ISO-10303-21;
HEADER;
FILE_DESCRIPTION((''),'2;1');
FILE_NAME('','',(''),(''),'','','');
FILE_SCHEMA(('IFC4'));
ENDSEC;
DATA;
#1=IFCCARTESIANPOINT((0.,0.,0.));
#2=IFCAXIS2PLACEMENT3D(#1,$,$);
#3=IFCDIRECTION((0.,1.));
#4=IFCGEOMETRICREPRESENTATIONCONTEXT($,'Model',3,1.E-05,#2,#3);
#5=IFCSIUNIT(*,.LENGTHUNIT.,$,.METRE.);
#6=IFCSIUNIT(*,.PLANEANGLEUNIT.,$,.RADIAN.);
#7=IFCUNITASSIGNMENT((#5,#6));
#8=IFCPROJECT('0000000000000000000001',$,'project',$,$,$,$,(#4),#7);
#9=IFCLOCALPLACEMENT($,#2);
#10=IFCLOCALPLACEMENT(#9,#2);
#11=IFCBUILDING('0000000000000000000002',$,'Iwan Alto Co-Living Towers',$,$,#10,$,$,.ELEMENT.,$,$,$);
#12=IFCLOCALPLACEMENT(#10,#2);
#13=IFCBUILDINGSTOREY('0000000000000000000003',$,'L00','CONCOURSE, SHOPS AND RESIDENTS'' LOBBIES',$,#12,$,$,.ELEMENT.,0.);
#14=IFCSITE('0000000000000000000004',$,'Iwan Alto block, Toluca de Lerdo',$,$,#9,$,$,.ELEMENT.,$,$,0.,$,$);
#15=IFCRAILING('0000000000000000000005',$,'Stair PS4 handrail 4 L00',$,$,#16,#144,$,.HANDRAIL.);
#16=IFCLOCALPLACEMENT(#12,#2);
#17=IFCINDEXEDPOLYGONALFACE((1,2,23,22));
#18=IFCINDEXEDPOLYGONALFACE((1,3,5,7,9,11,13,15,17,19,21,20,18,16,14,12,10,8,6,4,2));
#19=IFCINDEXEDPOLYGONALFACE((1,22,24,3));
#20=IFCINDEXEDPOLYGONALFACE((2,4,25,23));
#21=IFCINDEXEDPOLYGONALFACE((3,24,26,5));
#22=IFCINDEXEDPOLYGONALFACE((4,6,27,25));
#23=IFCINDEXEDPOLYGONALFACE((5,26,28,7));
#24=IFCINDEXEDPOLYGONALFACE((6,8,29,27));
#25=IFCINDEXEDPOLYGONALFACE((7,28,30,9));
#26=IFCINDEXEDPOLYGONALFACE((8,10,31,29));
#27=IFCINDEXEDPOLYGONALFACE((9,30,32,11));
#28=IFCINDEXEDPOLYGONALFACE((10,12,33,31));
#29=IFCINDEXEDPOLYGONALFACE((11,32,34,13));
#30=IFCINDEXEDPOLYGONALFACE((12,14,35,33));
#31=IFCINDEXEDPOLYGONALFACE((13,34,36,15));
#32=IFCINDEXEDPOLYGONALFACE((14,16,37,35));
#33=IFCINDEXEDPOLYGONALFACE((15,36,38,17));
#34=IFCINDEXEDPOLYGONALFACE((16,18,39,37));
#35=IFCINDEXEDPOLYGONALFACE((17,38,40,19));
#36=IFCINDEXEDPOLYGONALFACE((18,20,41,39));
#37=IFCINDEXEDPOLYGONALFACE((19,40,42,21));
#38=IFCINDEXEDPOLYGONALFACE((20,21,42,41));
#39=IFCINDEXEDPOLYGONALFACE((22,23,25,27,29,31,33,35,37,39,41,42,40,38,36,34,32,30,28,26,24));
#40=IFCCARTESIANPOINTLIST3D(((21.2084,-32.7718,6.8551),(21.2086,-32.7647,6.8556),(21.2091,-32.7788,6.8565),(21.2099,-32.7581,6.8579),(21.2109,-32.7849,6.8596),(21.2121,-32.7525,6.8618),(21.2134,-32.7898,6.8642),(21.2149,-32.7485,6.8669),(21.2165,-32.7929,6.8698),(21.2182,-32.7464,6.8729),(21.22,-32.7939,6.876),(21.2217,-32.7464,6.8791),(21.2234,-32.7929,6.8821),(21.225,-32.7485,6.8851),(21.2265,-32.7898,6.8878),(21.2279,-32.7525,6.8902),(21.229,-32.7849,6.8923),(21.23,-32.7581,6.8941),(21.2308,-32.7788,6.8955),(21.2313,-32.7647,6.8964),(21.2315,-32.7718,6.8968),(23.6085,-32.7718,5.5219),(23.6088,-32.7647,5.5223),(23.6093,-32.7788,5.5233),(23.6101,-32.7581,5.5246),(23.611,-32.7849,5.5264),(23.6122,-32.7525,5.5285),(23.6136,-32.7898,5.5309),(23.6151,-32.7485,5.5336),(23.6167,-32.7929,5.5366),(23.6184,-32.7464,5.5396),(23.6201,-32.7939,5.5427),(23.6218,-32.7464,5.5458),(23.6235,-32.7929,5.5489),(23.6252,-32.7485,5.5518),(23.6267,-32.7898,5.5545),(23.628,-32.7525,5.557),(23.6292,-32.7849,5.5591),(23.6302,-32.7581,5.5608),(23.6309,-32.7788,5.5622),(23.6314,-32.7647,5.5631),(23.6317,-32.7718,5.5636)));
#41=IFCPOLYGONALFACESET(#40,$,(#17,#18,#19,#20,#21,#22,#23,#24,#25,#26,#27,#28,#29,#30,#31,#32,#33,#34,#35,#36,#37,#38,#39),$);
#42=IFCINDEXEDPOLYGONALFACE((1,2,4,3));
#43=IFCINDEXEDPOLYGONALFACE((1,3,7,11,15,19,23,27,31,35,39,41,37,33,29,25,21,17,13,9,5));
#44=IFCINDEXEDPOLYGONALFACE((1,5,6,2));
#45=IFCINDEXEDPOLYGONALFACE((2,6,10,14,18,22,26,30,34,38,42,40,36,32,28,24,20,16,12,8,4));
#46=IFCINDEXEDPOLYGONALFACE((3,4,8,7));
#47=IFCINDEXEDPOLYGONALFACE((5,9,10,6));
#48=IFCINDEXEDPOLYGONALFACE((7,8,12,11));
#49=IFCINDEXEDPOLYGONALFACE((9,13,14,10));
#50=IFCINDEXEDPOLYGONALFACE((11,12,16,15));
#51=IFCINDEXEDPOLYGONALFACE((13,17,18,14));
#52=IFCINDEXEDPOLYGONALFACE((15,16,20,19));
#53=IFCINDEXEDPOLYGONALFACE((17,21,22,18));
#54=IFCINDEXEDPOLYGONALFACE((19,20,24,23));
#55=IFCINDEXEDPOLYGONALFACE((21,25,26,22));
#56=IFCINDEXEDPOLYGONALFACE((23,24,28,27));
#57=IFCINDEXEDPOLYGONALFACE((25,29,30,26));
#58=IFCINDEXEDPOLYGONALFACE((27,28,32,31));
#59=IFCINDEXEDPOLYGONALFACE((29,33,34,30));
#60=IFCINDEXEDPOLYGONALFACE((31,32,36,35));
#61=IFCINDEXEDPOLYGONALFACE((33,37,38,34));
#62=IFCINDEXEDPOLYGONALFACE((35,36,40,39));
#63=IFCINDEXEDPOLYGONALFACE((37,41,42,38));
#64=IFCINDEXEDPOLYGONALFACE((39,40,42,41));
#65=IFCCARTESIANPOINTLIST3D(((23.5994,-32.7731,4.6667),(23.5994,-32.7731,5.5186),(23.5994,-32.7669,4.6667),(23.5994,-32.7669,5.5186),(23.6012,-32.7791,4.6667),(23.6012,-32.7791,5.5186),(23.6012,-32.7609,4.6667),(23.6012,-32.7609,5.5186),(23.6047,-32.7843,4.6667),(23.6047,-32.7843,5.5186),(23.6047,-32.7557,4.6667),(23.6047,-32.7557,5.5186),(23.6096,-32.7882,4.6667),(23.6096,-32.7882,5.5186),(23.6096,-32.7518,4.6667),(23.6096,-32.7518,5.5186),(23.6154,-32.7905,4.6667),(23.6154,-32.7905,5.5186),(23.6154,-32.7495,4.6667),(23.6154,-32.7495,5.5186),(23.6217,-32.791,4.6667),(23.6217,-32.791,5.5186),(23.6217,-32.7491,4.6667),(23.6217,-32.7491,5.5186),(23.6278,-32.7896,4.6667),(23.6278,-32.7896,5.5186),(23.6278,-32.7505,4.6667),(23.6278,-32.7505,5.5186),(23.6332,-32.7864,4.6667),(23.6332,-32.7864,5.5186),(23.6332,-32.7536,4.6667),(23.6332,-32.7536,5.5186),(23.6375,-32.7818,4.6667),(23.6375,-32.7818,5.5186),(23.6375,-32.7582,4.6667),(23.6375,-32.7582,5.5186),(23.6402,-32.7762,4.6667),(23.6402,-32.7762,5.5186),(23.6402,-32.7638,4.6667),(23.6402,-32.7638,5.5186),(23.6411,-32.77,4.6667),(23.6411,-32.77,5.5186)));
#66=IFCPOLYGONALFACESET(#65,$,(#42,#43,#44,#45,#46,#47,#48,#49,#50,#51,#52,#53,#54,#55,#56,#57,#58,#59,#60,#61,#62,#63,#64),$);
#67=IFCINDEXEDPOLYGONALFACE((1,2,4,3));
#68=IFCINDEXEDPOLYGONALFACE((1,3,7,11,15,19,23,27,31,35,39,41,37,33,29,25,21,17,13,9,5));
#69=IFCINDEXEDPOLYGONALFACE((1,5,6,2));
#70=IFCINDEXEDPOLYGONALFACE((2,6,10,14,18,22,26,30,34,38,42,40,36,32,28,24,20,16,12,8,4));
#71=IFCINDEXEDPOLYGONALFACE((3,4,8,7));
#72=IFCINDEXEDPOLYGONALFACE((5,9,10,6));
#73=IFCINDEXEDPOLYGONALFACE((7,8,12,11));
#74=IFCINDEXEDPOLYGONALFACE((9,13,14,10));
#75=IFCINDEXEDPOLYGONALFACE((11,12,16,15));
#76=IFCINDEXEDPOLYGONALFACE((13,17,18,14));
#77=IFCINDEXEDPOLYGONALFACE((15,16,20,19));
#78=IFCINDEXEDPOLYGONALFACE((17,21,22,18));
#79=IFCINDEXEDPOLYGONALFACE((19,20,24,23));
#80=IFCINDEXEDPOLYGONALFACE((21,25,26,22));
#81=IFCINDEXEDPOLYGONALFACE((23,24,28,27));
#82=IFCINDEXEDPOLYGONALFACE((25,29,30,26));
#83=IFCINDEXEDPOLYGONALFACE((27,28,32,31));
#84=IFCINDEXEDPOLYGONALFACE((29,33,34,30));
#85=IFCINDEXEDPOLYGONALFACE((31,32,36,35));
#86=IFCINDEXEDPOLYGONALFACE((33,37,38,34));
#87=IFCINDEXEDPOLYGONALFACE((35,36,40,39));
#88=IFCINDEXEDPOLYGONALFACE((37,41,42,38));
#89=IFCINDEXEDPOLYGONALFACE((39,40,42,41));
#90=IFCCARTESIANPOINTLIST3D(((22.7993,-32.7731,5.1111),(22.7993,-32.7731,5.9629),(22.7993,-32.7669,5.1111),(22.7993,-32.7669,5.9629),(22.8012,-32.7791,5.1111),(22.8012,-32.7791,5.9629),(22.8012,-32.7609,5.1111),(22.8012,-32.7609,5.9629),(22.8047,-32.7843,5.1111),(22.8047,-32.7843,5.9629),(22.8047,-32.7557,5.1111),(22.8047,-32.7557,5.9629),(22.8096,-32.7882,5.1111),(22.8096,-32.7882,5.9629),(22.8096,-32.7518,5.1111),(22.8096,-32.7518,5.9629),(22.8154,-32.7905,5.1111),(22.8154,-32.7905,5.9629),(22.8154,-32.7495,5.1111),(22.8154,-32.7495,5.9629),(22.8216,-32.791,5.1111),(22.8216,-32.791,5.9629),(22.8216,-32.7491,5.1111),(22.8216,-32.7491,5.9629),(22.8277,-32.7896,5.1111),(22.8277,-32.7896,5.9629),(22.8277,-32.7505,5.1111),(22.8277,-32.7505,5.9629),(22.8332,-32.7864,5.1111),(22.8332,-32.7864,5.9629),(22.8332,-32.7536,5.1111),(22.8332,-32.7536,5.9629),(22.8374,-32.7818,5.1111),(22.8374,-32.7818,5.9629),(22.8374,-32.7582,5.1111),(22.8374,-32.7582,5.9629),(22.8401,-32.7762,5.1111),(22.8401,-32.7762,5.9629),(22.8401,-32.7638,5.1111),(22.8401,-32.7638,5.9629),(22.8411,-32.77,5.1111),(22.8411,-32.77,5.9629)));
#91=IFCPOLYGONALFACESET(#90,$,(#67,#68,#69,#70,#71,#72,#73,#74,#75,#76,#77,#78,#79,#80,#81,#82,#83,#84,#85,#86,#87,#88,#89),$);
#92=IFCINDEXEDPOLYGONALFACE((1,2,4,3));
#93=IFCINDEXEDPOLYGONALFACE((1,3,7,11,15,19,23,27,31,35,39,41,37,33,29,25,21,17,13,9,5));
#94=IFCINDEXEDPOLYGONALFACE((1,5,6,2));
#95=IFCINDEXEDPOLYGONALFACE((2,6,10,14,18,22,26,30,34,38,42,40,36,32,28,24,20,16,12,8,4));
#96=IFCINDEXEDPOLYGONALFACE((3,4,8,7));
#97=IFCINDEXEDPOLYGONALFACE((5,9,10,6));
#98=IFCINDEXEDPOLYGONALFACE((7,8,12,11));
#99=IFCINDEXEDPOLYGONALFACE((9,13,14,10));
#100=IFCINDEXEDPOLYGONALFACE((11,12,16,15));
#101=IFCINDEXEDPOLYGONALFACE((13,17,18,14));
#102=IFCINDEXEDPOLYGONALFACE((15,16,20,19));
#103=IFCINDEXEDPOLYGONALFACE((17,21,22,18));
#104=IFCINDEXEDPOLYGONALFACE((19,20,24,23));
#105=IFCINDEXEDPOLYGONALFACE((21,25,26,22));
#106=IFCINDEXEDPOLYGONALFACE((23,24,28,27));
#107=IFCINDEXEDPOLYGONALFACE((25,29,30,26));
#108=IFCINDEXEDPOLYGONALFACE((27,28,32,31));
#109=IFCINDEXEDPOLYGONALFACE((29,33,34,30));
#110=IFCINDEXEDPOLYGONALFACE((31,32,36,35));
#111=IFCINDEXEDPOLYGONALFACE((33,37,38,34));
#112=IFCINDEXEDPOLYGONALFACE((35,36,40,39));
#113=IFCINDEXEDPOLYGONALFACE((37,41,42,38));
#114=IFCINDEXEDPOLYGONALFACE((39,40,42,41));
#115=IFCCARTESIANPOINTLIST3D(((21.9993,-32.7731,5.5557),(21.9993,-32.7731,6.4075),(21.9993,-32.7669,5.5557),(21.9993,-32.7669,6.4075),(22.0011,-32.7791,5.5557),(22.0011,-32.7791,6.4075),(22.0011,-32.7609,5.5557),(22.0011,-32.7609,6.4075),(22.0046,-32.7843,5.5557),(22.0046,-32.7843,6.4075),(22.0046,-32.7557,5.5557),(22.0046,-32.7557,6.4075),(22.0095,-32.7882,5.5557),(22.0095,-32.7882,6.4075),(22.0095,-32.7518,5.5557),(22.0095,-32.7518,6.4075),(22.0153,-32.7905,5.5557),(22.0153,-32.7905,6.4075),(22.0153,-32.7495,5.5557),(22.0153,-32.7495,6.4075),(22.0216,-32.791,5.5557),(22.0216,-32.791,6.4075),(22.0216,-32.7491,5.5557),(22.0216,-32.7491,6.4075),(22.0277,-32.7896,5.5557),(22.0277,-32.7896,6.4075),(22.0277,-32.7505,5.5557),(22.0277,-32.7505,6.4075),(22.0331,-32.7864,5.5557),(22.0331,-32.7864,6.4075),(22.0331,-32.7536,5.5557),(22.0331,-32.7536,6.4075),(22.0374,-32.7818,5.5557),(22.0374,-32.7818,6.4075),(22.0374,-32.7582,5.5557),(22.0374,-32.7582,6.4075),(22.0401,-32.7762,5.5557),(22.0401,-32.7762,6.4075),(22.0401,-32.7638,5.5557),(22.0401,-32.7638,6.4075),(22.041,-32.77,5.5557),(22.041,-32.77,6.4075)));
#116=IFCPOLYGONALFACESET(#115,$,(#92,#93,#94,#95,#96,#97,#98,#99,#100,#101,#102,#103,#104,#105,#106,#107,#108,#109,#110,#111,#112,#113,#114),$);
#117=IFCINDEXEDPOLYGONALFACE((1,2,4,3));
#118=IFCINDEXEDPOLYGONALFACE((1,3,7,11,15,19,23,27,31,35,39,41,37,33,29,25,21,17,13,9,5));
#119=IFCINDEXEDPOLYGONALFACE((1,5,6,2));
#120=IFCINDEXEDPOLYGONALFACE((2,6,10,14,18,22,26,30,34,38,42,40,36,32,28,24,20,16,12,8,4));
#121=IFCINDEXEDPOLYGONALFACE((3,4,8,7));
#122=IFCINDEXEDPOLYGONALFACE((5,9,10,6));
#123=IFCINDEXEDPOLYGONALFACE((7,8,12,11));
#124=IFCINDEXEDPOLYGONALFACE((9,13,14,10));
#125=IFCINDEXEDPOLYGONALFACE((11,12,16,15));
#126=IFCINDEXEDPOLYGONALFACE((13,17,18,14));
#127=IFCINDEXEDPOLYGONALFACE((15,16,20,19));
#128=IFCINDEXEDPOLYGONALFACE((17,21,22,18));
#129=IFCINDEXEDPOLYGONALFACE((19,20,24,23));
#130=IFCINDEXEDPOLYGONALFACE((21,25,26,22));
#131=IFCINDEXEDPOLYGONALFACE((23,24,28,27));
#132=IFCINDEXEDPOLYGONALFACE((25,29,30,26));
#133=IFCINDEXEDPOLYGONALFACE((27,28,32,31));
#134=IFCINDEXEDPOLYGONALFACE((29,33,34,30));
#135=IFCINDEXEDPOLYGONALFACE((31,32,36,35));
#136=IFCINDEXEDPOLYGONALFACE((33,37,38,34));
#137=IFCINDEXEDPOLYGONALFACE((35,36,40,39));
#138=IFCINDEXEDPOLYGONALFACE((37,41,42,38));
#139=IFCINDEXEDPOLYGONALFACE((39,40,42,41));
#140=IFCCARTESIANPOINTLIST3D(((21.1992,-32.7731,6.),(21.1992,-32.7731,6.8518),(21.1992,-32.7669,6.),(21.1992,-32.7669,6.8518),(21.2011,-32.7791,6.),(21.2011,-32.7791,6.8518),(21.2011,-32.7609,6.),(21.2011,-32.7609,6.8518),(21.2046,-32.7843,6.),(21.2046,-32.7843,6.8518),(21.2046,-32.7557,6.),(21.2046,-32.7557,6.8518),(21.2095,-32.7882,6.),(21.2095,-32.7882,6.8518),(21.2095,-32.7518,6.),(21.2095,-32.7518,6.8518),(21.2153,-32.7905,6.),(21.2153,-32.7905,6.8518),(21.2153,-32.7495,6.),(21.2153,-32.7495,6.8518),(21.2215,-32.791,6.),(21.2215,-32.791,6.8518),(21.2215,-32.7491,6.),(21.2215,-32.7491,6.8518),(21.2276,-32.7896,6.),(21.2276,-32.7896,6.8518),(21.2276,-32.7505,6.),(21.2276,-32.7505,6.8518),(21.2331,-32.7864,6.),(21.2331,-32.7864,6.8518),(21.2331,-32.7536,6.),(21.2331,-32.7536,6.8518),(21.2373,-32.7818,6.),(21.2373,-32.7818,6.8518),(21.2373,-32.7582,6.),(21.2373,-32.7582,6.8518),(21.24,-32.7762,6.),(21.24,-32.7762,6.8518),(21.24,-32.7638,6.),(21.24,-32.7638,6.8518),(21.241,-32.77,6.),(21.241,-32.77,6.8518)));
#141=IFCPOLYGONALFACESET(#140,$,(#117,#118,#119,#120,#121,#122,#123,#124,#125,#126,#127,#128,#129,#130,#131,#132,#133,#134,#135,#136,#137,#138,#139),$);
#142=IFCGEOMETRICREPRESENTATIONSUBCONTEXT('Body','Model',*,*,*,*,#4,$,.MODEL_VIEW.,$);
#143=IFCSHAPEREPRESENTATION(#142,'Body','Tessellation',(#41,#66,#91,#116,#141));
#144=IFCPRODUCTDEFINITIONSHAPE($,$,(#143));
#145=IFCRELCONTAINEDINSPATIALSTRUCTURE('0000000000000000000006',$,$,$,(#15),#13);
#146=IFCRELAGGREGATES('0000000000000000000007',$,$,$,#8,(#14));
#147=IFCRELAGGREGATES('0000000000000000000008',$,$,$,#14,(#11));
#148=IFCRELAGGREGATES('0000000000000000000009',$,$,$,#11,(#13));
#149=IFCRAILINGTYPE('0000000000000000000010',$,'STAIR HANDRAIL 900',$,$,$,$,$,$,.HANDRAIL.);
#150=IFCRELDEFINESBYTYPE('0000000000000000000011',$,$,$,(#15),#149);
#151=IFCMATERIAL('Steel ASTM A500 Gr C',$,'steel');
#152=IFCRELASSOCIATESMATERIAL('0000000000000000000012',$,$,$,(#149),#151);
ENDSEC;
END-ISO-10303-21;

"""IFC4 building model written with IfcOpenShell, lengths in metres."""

from ifc_helpers import new_model, si_unit, direction, frame, origin, origin_2d, place, context, subcontext, project, spatial, circle, extrude, material, type_object, element, save


model = new_model("IFC4")

# Units and contexts
model_context = context("Model", 3, precision=1e-05, world=origin(), true_north=direction((0.0, 1.0)))
body_context = subcontext(model_context, "Body", "Model", "MODEL_VIEW")
ifc_project = project(units=[si_unit("LENGTHUNIT", "METRE"), si_unit("PLANEANGLEUNIT", "RADIAN")], contexts=[model_context])

# Site, building, storey
site_placement = place(None, origin())
site = spatial("IfcSite", under=ifc_project, at=site_placement, Name="Iwan Alto block, Toluca de Lerdo", CompositionType="ELEMENT", RefElevation=0.0)
building_placement = place(site_placement, origin())
building = spatial("IfcBuilding", under=site, at=building_placement, Name="Iwan Alto Co-Living Towers", CompositionType="ELEMENT")
storey_placement = place(building_placement, origin())
storey = spatial("IfcBuildingStorey", under=building, at=storey_placement, Name="L00", Description="CONCOURSE, SHOPS AND RESIDENTS' LOBBIES", CompositionType="ELEMENT", Elevation=0.0)

# Railing
ifc_material_1 = material(Name="Steel ASTM A500 Gr C", Category="steel")
railing_type_1 = type_object("IfcRailingType", Name="STAIR HANDRAIL 900", PredefinedType="HANDRAIL", material=ifc_material_1)
railing_1_placement = place(storey_placement, frame((23.6201, -32.77, 4.6667)))
element("IfcRailing", 1, at=railing_1_placement, inside=storey, type_object=railing_type_1, Name="Stair PS4 handrail 4 L00", PredefinedType="HANDRAIL", context=body_context, shape_type="SweptSolid", body=[
    extrude(circle(Radius=0.0239, at=origin_2d()), frame((0.0, 0.0, 0.876), z_axis=(-0.874182, 0.0, 0.485598), x_axis=(0.0, -1.0, 0.0)), (0.0, 0.0, 1.0), 2.7456),
    extrude(circle(Radius=0.021, at=origin_2d()), origin(), (0.0, 0.0, 1.0), 0.8518),
    extrude(circle(Radius=0.021, at=origin_2d()), frame((-0.8, 0.0, 0.4443)), (0.0, 0.0, 1.0), 0.8518),
    extrude(circle(Radius=0.021, at=origin_2d()), frame((-1.6001, 0.0, 0.8889)), (0.0, 0.0, 1.0), 0.8518),
    extrude(circle(Radius=0.021, at=origin_2d()), frame((-2.4001, 0.0, 1.3333)), (0.0, 0.0, 1.0), 0.8518),
])

save(model, "model.ifc")
